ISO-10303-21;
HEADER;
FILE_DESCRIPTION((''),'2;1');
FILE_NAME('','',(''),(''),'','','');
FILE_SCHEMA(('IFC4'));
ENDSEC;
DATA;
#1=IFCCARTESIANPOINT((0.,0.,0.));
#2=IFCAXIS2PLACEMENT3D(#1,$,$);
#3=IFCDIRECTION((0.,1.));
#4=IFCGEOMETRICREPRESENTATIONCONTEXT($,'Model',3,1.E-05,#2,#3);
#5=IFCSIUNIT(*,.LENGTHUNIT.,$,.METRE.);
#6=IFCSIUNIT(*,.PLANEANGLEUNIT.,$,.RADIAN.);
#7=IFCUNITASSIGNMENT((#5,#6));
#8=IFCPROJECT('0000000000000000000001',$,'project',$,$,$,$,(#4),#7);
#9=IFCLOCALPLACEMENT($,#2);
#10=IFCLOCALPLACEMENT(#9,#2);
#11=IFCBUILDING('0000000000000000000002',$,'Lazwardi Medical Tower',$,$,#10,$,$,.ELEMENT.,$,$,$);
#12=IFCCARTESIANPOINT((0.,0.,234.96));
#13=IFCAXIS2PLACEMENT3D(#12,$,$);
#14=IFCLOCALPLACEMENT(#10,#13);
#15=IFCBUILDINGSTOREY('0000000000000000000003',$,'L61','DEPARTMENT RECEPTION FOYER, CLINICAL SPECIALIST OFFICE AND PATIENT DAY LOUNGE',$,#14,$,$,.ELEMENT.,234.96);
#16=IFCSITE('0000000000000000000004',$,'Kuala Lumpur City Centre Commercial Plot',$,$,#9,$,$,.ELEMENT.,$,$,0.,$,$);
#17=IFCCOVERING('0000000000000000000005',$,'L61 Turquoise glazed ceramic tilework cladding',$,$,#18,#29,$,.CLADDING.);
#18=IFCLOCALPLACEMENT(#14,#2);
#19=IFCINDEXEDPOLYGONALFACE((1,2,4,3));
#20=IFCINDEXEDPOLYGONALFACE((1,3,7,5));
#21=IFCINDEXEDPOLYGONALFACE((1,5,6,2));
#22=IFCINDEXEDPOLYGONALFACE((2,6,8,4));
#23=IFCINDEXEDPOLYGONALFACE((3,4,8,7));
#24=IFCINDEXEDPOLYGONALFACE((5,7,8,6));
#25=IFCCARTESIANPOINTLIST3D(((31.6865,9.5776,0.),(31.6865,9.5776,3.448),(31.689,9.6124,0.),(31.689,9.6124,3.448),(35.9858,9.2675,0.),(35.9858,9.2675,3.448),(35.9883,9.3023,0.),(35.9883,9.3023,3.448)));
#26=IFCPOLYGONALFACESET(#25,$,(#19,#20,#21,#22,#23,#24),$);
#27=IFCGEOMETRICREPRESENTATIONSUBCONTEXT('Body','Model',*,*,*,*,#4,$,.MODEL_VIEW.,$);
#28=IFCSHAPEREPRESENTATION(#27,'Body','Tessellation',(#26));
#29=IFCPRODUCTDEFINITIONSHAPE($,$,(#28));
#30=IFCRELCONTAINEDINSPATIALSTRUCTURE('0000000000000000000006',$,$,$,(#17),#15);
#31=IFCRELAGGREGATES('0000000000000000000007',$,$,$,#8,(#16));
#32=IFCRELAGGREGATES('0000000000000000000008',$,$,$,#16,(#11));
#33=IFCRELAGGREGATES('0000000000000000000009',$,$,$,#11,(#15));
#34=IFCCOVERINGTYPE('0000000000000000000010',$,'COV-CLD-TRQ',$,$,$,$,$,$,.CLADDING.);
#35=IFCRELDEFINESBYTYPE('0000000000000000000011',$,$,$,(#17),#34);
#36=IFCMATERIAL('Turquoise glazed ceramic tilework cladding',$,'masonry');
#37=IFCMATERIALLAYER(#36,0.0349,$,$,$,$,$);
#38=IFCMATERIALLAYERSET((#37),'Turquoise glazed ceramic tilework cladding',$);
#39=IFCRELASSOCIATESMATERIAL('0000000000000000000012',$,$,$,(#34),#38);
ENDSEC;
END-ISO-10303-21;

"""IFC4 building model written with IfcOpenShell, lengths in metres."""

from ifc_helpers import new_model, si_unit, direction, frame, origin, origin_2d, place, context, subcontext, project, spatial, rectangle, extrude, material, layer, layer_set, type_object, element, save


model = new_model("IFC4")

# Units and contexts
model_context = context("Model", 3, precision=1e-05, world=origin(), true_north=direction((0.0, 1.0)))
body_context = subcontext(model_context, "Body", "Model", "MODEL_VIEW")
ifc_project = project(units=[si_unit("LENGTHUNIT", "METRE"), si_unit("PLANEANGLEUNIT", "RADIAN")], contexts=[model_context])

# Site, building, storey
site_placement = place(None, origin())
site = spatial("IfcSite", under=ifc_project, at=site_placement, Name="Kuala Lumpur City Centre Commercial Plot", CompositionType="ELEMENT", RefElevation=0.0)
building_placement = place(site_placement, origin())
building = spatial("IfcBuilding", under=site, at=building_placement, Name="Lazwardi Medical Tower", CompositionType="ELEMENT")
storey_placement = place(building_placement, frame((0.0, 0.0, 234.96)))
storey = spatial("IfcBuildingStorey", under=building, at=storey_placement, Name="L61", Description="DEPARTMENT RECEPTION FOYER, CLINICAL SPECIALIST OFFICE AND PATIENT DAY LOUNGE", CompositionType="ELEMENT", Elevation=234.96)

# Covering
ifc_material_1 = material(Name="Turquoise glazed ceramic tilework cladding", Category="masonry")
ifc_layer_1 = layer(ifc_material_1, 0.0349)
ifc_layer_set_1 = layer_set([ifc_layer_1], Name="Turquoise glazed ceramic tilework cladding")
covering_type_1 = type_object("IfcCoveringType", Name="COV-CLD-TRQ", PredefinedType="CLADDING", material=ifc_layer_set_1)
covering_1_placement = place(storey_placement, frame((33.8374, 9.4399, 0.0), z_axis=(0.0, 0.0, 1.0), x_axis=(0.997409, -0.07194, 0.0)))
element("IfcCovering", 1, at=covering_1_placement, inside=storey, type_object=covering_type_1, Name="L61 Turquoise glazed ceramic tilework cladding", PredefinedType="CLADDING", context=body_context, shape_type="SweptSolid", body=[
    extrude(rectangle(XDim=4.3105, YDim=0.0349, at=origin_2d()), origin(), (0.0, 0.0, 1.0), 3.448),
])

save(model, "model.ifc")
